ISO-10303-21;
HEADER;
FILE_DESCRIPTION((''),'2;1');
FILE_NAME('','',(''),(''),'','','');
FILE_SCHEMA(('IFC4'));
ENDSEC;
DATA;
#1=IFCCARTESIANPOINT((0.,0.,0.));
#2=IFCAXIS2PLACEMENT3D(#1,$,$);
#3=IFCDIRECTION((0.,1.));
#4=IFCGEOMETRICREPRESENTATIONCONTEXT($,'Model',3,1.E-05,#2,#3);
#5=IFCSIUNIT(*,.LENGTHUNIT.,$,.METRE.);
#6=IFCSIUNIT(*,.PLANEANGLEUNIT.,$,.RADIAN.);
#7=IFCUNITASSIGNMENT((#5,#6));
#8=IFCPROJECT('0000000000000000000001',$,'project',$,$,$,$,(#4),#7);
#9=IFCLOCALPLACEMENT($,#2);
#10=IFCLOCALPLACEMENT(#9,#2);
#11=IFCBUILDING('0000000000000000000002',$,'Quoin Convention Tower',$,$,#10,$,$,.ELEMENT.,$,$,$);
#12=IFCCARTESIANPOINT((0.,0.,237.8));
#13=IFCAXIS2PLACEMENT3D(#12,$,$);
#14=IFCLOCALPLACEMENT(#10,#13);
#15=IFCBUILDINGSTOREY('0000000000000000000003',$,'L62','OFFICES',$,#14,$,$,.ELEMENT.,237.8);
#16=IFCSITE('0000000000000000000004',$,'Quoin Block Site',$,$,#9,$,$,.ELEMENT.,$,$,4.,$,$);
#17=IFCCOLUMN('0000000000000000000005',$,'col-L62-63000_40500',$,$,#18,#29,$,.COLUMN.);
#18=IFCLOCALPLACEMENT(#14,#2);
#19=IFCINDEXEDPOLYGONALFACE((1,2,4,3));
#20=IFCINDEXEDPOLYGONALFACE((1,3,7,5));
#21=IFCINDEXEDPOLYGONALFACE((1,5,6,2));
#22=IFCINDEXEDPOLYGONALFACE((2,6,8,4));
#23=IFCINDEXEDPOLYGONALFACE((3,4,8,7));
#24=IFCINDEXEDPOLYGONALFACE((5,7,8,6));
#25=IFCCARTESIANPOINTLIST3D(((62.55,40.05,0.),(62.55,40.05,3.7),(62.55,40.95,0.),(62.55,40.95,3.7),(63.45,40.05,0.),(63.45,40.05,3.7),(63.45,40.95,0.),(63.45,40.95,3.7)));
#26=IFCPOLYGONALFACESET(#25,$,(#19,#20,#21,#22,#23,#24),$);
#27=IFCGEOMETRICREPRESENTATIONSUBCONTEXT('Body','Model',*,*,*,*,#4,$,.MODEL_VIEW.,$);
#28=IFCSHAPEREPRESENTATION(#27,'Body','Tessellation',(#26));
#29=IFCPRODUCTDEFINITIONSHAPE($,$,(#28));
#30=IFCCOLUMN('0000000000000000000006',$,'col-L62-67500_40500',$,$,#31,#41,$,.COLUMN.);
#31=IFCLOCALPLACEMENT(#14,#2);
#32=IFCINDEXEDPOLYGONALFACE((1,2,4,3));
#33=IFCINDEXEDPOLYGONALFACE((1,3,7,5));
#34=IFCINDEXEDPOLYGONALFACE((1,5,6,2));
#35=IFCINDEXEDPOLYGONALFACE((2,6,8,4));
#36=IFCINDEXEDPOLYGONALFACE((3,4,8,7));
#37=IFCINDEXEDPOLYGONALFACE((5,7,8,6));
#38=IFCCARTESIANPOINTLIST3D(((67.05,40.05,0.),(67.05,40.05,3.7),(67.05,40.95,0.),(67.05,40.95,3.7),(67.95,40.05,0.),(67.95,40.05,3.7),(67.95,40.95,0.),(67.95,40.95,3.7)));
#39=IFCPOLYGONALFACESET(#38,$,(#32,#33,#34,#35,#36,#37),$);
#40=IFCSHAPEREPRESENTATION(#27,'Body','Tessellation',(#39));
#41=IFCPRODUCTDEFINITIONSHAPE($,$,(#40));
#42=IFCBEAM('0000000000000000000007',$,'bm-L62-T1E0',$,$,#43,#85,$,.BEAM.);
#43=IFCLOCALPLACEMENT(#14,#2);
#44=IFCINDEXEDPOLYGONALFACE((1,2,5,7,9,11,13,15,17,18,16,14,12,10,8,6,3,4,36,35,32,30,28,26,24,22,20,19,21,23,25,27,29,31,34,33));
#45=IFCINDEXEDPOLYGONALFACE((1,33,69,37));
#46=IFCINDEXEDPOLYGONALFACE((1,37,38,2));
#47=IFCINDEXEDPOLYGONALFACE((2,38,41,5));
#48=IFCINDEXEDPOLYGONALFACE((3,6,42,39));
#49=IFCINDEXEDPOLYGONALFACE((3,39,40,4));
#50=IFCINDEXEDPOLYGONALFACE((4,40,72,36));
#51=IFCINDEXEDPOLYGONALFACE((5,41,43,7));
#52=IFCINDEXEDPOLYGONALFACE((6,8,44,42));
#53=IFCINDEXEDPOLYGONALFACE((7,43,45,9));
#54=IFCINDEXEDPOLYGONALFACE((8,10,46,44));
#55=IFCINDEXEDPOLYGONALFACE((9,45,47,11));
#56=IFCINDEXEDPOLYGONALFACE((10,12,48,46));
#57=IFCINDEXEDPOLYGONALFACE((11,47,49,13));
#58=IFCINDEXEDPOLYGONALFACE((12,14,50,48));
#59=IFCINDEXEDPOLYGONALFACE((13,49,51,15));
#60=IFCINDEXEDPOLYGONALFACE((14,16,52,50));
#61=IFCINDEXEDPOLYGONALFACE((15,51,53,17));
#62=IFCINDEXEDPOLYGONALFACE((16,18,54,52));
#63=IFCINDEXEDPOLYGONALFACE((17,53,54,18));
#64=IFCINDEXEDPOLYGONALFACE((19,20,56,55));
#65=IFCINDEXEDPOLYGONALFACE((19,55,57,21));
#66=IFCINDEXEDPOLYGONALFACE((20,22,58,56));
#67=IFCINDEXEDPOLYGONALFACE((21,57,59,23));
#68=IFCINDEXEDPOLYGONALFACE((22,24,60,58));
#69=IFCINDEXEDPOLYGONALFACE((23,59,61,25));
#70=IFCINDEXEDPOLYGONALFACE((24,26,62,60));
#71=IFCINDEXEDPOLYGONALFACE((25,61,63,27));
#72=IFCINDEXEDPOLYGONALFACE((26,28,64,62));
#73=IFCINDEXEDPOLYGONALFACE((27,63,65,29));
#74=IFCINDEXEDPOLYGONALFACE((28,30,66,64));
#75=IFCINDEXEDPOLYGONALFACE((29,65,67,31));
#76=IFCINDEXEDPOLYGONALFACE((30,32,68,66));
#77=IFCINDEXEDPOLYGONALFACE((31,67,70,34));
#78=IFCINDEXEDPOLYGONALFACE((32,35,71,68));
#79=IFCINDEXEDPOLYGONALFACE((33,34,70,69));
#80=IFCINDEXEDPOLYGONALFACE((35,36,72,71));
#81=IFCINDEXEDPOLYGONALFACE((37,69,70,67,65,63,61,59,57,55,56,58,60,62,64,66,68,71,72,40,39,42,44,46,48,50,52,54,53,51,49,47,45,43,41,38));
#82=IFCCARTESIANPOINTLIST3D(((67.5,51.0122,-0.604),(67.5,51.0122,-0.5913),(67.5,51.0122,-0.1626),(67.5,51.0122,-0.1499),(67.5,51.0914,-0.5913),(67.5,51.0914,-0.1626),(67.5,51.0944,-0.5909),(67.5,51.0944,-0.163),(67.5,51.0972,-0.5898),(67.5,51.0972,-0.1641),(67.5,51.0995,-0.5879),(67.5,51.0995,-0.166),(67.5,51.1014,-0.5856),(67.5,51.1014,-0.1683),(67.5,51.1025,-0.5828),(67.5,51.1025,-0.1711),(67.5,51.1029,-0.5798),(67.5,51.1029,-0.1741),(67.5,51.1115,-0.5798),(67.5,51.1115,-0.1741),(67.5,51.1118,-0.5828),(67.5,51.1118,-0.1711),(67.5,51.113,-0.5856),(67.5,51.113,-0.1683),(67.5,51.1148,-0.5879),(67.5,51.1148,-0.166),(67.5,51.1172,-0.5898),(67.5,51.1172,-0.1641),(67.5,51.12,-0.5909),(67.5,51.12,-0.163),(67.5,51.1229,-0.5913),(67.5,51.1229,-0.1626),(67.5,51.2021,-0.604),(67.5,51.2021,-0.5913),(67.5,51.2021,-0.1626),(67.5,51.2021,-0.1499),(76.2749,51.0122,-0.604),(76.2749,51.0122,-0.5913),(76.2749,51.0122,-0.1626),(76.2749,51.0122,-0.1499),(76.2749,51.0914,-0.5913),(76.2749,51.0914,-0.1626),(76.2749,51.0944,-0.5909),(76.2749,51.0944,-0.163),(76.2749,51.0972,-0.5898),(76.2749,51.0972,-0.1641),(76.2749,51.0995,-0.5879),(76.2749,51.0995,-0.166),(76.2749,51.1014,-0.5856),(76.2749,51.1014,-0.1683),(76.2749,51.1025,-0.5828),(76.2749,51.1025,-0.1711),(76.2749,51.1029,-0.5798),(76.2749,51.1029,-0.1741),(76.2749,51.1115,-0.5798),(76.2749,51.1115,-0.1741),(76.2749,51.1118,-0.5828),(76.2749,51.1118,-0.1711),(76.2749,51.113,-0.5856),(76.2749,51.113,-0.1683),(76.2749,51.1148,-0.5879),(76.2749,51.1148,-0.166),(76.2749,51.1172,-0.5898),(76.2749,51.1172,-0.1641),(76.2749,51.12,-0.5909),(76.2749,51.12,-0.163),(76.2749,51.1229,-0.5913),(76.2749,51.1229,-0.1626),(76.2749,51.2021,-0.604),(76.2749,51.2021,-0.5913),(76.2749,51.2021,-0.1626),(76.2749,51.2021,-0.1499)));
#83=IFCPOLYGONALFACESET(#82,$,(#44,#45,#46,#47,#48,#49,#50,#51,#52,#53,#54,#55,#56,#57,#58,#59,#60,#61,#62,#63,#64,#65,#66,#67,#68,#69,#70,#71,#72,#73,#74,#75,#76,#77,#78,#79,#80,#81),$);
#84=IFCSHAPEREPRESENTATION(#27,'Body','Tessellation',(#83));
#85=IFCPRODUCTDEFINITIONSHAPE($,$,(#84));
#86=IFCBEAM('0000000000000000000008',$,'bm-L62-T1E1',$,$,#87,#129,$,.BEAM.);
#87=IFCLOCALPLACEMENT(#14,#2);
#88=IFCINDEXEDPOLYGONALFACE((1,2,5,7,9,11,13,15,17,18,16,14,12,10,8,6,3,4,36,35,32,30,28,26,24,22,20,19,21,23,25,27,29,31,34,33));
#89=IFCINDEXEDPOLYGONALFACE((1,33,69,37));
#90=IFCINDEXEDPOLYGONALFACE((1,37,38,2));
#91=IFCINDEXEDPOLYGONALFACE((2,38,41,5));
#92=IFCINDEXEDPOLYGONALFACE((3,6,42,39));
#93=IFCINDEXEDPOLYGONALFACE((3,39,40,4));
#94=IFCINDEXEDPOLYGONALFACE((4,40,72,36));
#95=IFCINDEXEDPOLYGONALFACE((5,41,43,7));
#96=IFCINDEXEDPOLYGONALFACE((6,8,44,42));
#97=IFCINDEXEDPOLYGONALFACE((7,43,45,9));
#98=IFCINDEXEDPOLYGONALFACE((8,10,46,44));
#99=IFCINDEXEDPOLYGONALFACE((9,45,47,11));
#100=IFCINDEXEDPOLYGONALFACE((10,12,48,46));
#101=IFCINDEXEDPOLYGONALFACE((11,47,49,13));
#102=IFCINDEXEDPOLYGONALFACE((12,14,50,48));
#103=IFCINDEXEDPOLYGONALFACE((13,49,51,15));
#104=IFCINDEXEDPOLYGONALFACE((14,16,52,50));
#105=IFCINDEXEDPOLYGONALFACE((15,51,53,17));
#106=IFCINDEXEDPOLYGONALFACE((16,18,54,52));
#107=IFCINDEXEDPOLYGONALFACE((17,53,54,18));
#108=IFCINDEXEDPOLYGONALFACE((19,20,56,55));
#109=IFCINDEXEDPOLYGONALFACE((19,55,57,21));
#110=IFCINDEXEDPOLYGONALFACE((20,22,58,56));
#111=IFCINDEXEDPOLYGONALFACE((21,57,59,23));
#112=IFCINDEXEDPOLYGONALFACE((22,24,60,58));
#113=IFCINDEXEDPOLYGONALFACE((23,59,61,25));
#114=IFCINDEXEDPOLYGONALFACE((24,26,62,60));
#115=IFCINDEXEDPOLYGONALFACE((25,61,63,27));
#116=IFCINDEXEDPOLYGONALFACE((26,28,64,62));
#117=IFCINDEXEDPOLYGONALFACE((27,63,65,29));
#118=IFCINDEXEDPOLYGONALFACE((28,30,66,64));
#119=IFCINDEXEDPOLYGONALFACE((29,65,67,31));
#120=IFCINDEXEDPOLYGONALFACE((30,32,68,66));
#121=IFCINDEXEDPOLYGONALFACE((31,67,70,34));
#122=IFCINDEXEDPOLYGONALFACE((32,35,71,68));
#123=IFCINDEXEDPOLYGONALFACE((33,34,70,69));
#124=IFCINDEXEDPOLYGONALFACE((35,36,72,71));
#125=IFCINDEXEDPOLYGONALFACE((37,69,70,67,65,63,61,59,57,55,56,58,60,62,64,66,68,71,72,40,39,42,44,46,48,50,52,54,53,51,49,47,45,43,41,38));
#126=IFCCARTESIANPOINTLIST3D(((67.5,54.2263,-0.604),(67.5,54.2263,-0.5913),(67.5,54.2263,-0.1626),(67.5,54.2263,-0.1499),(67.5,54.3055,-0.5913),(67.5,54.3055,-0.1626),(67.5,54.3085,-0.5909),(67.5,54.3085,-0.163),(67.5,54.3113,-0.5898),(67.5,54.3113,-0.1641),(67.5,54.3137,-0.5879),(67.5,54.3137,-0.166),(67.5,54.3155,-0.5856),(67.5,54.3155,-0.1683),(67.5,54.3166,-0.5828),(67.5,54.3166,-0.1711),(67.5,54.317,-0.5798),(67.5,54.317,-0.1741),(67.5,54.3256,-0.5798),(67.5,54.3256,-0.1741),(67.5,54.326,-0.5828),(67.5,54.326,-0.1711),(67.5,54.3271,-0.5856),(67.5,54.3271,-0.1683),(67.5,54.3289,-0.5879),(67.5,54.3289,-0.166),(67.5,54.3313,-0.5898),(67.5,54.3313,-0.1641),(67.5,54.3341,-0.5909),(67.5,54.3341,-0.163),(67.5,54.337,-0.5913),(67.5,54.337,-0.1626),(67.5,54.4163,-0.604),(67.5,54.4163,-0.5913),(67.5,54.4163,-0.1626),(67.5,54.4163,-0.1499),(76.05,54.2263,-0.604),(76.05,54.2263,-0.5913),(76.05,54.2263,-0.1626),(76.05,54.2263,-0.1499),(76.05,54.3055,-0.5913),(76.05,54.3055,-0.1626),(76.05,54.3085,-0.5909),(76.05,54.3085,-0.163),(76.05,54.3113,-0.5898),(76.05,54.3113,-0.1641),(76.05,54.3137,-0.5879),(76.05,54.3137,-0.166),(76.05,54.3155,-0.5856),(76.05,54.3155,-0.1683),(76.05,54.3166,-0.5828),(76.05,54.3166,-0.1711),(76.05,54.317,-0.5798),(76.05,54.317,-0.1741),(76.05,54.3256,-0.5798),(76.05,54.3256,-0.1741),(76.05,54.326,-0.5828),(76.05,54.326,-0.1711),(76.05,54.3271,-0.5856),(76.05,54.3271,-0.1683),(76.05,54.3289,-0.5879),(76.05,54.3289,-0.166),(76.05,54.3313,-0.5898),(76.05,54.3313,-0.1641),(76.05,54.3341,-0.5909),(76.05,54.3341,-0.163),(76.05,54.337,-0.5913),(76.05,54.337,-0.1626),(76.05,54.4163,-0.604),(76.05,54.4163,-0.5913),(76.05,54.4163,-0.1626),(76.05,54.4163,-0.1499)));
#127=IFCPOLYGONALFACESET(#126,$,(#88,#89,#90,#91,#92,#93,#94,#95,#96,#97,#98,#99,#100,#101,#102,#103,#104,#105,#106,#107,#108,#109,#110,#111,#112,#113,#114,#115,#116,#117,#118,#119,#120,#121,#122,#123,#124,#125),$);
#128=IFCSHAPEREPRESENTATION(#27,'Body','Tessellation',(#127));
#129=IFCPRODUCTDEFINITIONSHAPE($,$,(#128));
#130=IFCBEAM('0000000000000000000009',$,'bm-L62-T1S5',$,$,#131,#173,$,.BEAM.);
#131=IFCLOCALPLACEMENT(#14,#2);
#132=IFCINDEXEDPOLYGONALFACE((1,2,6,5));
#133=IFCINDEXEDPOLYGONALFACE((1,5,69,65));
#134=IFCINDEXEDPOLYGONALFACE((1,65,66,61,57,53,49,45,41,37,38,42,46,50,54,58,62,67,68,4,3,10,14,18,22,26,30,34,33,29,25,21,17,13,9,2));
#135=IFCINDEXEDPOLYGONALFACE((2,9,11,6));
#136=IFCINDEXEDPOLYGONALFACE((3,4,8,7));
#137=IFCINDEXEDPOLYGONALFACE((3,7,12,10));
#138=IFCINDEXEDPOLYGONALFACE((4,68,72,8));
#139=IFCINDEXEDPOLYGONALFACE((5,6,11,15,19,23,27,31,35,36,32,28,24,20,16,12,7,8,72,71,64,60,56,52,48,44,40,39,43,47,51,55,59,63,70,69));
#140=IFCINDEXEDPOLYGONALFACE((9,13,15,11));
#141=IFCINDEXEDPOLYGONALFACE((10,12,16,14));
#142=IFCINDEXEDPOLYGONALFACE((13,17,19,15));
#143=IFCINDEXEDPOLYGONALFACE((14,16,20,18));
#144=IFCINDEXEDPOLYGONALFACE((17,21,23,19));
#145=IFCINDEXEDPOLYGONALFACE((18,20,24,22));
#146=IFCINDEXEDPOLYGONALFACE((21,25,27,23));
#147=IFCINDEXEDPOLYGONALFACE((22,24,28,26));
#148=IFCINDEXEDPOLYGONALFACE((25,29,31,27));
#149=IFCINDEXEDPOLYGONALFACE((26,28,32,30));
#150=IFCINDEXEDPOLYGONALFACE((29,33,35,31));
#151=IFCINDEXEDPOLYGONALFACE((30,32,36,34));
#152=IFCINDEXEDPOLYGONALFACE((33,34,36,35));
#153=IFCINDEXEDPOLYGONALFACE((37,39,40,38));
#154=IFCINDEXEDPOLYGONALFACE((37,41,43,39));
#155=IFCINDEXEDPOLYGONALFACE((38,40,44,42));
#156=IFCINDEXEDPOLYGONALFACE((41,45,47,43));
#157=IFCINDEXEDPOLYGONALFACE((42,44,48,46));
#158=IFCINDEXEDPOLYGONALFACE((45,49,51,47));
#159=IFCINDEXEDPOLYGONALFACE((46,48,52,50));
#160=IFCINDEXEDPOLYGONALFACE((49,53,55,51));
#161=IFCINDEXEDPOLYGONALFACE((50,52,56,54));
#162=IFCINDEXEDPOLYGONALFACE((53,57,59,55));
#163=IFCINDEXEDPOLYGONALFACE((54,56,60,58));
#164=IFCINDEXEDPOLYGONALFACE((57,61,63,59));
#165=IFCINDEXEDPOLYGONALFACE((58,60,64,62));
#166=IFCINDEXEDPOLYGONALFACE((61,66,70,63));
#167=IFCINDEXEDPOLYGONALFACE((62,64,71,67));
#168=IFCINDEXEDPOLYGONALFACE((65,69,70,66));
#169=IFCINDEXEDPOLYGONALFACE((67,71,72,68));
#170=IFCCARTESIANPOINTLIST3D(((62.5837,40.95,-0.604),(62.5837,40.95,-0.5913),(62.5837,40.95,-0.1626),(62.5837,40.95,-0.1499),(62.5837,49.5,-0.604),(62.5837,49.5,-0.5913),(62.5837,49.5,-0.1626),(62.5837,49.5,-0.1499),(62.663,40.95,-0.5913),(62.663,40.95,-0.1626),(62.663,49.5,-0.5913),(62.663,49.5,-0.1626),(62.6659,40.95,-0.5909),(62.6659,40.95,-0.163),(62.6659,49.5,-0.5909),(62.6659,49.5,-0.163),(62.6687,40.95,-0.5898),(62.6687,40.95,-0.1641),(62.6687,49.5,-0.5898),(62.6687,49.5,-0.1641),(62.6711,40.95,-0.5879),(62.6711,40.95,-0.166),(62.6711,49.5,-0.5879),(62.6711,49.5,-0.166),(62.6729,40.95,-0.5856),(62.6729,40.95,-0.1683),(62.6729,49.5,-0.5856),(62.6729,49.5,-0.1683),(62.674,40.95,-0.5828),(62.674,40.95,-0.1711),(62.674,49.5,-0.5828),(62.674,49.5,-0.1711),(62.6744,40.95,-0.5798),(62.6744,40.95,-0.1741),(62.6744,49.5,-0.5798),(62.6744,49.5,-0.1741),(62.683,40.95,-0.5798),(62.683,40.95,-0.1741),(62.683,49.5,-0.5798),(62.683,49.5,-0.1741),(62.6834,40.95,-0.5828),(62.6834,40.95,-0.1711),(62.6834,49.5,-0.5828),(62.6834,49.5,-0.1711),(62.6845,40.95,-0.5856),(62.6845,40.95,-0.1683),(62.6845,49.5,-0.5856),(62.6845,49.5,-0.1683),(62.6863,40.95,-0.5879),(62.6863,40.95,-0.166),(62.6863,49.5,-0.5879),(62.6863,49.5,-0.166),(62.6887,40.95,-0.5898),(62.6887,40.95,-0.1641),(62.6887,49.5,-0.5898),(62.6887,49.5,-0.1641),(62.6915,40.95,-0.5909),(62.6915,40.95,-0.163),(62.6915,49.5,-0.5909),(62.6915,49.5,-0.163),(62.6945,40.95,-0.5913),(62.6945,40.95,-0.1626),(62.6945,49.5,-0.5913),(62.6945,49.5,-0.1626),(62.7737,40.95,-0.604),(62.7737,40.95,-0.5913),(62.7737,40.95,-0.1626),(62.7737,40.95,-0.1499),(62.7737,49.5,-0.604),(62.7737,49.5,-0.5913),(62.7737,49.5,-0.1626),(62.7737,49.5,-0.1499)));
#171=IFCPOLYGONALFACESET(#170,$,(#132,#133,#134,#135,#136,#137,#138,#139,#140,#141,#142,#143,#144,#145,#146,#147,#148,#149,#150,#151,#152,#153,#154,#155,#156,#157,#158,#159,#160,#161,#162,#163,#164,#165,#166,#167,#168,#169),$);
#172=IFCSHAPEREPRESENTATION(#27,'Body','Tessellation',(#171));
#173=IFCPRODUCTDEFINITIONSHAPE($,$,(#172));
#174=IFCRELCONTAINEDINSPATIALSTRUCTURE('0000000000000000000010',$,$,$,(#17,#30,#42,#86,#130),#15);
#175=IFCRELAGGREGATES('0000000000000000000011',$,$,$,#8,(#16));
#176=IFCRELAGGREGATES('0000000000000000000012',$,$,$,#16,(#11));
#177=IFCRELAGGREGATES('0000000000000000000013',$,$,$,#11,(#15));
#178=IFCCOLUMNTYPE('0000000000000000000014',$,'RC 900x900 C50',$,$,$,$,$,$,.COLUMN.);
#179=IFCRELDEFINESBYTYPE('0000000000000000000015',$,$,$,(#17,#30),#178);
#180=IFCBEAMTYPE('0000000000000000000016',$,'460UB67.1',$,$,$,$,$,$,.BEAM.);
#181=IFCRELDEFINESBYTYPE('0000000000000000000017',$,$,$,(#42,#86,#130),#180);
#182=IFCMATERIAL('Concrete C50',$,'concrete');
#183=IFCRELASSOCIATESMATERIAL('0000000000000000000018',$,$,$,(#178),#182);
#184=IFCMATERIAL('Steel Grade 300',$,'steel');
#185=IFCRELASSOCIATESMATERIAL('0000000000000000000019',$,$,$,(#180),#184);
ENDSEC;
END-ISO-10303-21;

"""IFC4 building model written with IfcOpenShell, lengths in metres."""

from ifc_helpers import new_model, si_unit, direction, frame, origin, origin_2d, place, context, subcontext, project, spatial, rectangle, i_section, extrude, material, material_profile, profile_set, type_object, element, save


model = new_model("IFC4")

# Units and contexts
model_context = context("Model", 3, precision=1e-05, world=origin(), true_north=direction((0.0, 1.0)))
body_context = subcontext(model_context, "Body", "Model", "MODEL_VIEW")
ifc_project = project(units=[si_unit("LENGTHUNIT", "METRE"), si_unit("PLANEANGLEUNIT", "RADIAN")], contexts=[model_context])

# Site, building, storey
site_placement = place(None, origin())
site = spatial("IfcSite", under=ifc_project, at=site_placement, Name="Quoin Block Site", CompositionType="ELEMENT", RefElevation=4.0)
building_placement = place(site_placement, origin())
building = spatial("IfcBuilding", under=site, at=building_placement, Name="Quoin Convention Tower", CompositionType="ELEMENT")
storey_placement = place(building_placement, frame((0.0, 0.0, 237.8)))
storey = spatial("IfcBuildingStorey", under=building, at=storey_placement, Name="L62", Description="OFFICES", CompositionType="ELEMENT", Elevation=237.8)

# Columns
ifc_material_1 = material(Name="Concrete C50", Category="concrete")
ifc_material_profile_1 = material_profile(ifc_material_1, rectangle(XDim=0.8999, YDim=0.8999, at=origin_2d()), Name="RC 900x900")
ifc_profile_set_1 = profile_set([ifc_material_profile_1], Name="Concrete C50")
column_type = type_object("IfcColumnType", Name="RC 900x900 C50", PredefinedType="COLUMN", material=ifc_profile_set_1)
for number, where, z_axis, x_axis, name in (
    (1, (63.0, 40.5, 0.0), (0.0, 0.0, 1.0), (1.0, 0.0, 0.0), "col-L62-63000_40500"),
    (2, (67.5, 40.5, 0.0), (0.0, 0.0, 1.0), (1.0, 0.0, 0.0), "col-L62-67500_40500"),
):
    element("IfcColumn", number, at=place(storey_placement, frame(where, z_axis=z_axis, x_axis=x_axis)), inside=storey, type_object=column_type, Name=name, PredefinedType="COLUMN", context=body_context, shape_type="SweptSolid", body=[
        extrude(rectangle(XDim=0.8999, YDim=0.8999, at=origin_2d()), origin(), (0.0, 0.0, 1.0), 3.7),
    ])

# Beams
ifc_material_2 = material(Name="Steel Grade 300", Category="steel")
ifc_material_profile_2 = material_profile(ifc_material_2, i_section(OverallWidth=0.1899, OverallDepth=0.4541, WebThickness=0.0085, FlangeThickness=0.0127, FilletRadius=0.0115, at=origin_2d()), Name="460UB67.1")
ifc_profile_set_2 = profile_set([ifc_material_profile_2], Name="Steel Grade 300")
beam_type_1 = type_object("IfcBeamType", Name="460UB67.1", PredefinedType="BEAM", material=ifc_profile_set_2)
beam_1_placement = place(storey_placement, frame((67.5, 51.1072, -0.377), z_axis=(1.0, 0.0, 0.0), x_axis=(0.0, 1.0, 0.0)))
element("IfcBeam", 3, at=beam_1_placement, inside=storey, type_object=beam_type_1, Name="bm-L62-T1E0", PredefinedType="BEAM", context=body_context, shape_type="SweptSolid", body=[
    extrude(i_section(OverallWidth=0.1899, OverallDepth=0.4541, WebThickness=0.0085, FlangeThickness=0.0127, FilletRadius=0.0115, at=origin_2d()), origin(), (0.0, 0.0, 1.0), 8.7749),
])
for number, where, z_axis, x_axis, name in (
    (4, (67.5, 54.3213, -0.377), (1.0, 0.0, 0.0), (0.0, 1.0, 0.0), "bm-L62-T1E1"),
    (5, (62.6787, 40.95, -0.377), (0.0, 1.0, 0.0), (-1.0, 0.0, 0.0), "bm-L62-T1S5"),
):
    element("IfcBeam", number, at=place(storey_placement, frame(where, z_axis=z_axis, x_axis=x_axis)), inside=storey, type_object=beam_type_1, Name=name, PredefinedType="BEAM", context=body_context, shape_type="SweptSolid", body=[
        extrude(i_section(OverallWidth=0.1899, OverallDepth=0.4541, WebThickness=0.0085, FlangeThickness=0.0127, FilletRadius=0.0115, at=origin_2d()), origin(), (0.0, 0.0, 1.0), 8.55),
    ])

save(model, "model.ifc")
